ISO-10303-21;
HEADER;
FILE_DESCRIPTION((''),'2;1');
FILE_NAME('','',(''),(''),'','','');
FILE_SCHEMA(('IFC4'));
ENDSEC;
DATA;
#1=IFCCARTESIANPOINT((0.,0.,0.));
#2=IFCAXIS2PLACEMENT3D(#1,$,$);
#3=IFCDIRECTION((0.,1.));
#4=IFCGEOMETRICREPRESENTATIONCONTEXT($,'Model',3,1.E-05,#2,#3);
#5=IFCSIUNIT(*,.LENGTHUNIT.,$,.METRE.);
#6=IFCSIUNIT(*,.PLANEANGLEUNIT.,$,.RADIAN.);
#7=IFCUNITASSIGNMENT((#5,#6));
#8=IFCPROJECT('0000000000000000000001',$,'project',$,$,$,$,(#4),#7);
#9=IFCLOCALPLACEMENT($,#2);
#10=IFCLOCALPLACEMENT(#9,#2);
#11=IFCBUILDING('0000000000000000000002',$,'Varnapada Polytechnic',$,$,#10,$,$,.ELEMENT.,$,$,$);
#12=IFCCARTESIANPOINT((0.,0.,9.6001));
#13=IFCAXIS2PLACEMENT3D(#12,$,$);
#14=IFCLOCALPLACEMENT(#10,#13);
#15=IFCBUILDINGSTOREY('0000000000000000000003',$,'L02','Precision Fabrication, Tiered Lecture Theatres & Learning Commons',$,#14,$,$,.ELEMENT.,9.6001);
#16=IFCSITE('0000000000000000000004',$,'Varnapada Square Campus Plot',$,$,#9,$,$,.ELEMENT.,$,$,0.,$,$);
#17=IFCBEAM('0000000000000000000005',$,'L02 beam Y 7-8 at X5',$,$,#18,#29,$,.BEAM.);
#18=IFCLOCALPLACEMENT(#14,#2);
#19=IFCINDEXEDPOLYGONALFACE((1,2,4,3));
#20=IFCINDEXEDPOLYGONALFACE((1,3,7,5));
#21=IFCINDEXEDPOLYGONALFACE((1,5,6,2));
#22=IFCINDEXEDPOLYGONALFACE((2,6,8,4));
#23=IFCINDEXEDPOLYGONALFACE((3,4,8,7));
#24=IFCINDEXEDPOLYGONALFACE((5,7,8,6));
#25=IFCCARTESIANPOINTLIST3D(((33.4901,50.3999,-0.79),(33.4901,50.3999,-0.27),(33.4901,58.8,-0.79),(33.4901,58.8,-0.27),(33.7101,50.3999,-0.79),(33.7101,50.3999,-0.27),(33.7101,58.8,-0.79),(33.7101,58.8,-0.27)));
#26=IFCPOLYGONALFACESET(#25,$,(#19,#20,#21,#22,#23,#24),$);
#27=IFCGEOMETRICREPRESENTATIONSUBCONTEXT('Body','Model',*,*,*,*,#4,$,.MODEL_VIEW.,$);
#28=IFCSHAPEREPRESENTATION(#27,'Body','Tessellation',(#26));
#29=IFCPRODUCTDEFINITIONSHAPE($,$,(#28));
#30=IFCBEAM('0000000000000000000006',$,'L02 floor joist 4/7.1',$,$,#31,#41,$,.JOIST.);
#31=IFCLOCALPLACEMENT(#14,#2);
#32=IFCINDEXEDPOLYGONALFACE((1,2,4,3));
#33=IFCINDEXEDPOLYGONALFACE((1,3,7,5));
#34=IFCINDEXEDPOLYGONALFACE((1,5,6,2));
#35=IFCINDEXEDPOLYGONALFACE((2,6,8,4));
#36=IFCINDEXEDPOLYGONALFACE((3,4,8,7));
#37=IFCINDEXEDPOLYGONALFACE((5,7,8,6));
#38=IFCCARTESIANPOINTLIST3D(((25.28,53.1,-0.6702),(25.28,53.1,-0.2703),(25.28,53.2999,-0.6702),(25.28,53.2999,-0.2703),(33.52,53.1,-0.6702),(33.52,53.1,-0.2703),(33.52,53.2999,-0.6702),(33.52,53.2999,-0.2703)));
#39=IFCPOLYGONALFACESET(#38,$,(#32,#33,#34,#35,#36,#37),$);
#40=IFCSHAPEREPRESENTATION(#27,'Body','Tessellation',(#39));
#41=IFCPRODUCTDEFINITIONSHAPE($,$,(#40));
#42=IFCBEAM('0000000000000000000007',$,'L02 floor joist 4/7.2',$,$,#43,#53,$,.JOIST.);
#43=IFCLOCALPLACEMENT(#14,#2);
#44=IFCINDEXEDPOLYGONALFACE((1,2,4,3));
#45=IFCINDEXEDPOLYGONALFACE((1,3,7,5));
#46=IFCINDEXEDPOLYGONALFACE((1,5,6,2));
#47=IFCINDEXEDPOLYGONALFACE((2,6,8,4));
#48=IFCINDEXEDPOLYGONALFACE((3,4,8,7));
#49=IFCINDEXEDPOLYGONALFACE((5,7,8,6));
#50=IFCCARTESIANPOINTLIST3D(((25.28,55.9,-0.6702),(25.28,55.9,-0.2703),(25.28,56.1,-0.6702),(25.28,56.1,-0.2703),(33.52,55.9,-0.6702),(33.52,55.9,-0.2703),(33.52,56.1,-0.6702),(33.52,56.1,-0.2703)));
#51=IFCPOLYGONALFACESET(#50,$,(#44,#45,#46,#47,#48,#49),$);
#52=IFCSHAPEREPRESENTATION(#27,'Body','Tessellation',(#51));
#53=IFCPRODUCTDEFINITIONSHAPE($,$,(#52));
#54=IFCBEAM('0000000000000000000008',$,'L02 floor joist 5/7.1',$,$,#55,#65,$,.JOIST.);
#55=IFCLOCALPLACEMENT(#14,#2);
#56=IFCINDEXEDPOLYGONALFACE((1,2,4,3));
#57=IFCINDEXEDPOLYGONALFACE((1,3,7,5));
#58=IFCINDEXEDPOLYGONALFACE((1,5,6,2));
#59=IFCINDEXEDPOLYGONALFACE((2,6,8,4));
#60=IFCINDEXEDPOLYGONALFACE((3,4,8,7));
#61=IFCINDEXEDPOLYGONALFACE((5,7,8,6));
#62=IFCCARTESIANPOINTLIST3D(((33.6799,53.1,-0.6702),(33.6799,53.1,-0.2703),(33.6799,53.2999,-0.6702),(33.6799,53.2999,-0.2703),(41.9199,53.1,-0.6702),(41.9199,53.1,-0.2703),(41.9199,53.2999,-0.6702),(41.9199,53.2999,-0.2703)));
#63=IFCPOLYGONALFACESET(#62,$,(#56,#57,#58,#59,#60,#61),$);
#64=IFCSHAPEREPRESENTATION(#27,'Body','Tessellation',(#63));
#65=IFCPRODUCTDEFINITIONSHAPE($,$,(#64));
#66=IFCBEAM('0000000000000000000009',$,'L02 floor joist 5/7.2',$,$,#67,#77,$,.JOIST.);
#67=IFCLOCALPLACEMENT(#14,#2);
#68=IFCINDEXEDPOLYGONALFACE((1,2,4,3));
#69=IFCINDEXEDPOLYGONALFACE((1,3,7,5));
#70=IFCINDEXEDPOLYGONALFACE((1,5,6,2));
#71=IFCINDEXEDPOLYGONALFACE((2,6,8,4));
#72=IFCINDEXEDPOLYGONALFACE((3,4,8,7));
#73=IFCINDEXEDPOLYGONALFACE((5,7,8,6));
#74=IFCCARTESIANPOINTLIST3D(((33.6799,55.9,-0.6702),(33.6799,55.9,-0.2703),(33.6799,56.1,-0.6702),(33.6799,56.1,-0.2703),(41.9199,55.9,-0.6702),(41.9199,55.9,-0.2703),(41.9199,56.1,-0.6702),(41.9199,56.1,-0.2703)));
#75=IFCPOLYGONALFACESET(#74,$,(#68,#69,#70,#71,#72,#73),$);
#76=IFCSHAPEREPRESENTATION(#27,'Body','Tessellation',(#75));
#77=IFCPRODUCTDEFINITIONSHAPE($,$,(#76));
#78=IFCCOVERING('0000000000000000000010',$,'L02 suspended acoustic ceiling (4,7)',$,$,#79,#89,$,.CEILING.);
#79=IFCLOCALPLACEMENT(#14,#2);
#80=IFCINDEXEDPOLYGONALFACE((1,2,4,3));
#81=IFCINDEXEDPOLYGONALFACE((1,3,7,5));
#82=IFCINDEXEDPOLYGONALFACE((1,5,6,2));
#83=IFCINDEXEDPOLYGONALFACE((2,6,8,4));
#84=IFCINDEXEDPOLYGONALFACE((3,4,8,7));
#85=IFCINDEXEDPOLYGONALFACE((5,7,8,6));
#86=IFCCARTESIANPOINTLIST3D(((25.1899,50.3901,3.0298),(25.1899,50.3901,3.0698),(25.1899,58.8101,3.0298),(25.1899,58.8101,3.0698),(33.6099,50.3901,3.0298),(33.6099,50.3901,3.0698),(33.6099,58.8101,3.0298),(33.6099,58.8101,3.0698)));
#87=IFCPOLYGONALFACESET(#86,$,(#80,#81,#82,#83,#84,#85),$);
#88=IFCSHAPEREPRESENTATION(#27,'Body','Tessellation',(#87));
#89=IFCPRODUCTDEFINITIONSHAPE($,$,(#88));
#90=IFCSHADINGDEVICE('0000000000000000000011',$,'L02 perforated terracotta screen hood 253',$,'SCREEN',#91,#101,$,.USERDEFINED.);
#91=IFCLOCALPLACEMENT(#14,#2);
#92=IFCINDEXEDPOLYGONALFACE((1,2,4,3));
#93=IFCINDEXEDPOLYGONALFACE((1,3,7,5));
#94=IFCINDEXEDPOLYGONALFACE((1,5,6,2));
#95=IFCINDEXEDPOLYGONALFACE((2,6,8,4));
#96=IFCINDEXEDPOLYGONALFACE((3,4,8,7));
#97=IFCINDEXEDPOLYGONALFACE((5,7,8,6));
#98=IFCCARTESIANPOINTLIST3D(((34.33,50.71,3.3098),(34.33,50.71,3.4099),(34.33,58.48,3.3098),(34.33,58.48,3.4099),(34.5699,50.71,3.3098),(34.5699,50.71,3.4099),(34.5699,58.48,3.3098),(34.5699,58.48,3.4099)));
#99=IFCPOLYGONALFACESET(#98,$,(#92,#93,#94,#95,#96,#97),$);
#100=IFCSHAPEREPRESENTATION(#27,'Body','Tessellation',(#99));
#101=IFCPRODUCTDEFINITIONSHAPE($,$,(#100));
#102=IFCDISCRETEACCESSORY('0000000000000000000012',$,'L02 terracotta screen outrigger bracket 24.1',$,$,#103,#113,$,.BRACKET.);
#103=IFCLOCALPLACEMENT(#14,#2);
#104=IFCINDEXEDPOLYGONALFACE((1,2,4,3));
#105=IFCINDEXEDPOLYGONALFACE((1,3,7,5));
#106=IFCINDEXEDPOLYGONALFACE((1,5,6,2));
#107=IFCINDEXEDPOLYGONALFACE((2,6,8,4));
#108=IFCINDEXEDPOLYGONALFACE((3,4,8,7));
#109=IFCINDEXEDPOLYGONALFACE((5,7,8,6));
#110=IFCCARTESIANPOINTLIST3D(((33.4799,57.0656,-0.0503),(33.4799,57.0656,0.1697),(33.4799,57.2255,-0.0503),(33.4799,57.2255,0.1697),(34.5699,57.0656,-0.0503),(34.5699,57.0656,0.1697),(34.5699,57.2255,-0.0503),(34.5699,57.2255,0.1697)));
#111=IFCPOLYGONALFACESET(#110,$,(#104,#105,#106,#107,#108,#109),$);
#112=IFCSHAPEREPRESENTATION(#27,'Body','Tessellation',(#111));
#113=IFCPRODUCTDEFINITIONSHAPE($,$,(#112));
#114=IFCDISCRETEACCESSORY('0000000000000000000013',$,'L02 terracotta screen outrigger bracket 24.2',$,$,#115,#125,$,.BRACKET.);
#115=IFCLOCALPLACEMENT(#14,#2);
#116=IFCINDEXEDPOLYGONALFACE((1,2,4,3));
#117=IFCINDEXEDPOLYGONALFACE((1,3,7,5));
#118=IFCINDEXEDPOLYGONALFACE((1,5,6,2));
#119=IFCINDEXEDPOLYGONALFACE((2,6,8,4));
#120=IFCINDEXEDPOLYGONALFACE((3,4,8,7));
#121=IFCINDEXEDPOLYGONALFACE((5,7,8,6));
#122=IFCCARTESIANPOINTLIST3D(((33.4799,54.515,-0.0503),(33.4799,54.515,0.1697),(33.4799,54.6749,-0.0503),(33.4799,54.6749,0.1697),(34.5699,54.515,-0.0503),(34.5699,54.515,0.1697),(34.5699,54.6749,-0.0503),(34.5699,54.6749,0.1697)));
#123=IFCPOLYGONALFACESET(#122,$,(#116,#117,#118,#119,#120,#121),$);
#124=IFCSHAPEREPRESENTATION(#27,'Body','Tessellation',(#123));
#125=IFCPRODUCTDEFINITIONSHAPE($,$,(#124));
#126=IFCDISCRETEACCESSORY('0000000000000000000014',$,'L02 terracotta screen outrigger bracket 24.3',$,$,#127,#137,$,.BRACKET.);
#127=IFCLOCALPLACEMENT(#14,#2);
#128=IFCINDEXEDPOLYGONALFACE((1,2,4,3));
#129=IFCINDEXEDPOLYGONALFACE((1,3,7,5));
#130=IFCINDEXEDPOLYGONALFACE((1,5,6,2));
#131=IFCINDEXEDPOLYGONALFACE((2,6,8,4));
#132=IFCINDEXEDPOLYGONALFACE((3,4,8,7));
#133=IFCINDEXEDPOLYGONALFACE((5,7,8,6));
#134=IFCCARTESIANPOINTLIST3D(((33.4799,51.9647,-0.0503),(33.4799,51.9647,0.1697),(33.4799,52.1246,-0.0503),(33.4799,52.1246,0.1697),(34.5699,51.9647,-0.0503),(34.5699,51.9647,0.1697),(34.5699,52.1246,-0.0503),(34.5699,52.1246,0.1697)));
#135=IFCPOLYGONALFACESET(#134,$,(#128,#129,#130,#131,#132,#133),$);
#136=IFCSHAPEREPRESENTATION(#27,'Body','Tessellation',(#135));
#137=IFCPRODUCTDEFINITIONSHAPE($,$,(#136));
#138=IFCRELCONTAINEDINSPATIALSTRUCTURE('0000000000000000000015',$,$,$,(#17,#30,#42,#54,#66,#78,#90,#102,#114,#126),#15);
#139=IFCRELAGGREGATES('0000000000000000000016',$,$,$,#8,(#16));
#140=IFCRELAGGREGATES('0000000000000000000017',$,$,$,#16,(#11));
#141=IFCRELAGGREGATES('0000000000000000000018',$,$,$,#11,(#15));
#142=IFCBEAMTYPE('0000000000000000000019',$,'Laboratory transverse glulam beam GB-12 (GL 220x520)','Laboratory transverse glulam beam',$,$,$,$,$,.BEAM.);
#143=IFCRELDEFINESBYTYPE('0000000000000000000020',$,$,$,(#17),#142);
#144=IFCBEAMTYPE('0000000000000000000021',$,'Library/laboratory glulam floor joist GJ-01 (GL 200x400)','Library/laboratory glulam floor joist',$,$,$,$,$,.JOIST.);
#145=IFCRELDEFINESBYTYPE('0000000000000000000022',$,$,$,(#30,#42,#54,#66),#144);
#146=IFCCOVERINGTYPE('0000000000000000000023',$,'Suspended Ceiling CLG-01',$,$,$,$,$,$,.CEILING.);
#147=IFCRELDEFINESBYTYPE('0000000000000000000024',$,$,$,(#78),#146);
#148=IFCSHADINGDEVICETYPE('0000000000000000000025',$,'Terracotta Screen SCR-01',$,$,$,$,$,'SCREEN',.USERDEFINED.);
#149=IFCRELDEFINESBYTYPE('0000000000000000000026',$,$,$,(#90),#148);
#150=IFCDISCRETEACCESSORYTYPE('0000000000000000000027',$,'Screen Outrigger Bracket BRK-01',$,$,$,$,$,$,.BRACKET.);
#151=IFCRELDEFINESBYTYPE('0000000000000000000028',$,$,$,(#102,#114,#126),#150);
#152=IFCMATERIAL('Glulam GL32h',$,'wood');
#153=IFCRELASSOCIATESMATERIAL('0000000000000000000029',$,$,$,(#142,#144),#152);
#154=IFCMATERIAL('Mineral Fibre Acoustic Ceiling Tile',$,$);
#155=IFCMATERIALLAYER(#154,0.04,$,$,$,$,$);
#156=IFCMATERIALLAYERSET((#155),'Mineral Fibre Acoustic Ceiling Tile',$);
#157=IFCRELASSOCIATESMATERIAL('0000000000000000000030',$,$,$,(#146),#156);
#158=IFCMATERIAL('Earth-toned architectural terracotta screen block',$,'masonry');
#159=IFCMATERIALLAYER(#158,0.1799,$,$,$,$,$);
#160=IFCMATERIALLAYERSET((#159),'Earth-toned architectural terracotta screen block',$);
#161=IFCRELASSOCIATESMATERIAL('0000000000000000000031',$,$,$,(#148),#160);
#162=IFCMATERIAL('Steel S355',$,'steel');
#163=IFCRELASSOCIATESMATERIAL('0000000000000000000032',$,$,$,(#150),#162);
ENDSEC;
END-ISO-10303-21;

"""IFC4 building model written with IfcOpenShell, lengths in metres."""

from ifc_helpers import new_model, si_unit, direction, frame, origin, origin_2d, place, context, subcontext, project, spatial, rectangle, extrude, material, layer, layer_set, material_profile, profile_set, type_object, element, save


model = new_model("IFC4")

# Units and contexts
model_context = context("Model", 3, precision=1e-05, world=origin(), true_north=direction((0.0, 1.0)))
body_context = subcontext(model_context, "Body", "Model", "MODEL_VIEW")
ifc_project = project(units=[si_unit("LENGTHUNIT", "METRE"), si_unit("PLANEANGLEUNIT", "RADIAN")], contexts=[model_context])

# Site, building, storey
site_placement = place(None, origin())
site = spatial("IfcSite", under=ifc_project, at=site_placement, Name="Varnapada Square Campus Plot", CompositionType="ELEMENT", RefElevation=0.0)
building_placement = place(site_placement, origin())
building = spatial("IfcBuilding", under=site, at=building_placement, Name="Varnapada Polytechnic", CompositionType="ELEMENT")
storey_placement = place(building_placement, frame((0.0, 0.0, 9.6001)))
storey = spatial("IfcBuildingStorey", under=building, at=storey_placement, Name="L02", Description="Precision Fabrication, Tiered Lecture Theatres & Learning Commons", CompositionType="ELEMENT", Elevation=9.6001)

# Beams
ifc_material_1 = material(Name="Glulam GL32h", Category="wood")
ifc_material_profile_1 = material_profile(ifc_material_1, rectangle(XDim=0.22, YDim=0.52, at=origin_2d()), Name="GL 220x520")
ifc_profile_set_1 = profile_set([ifc_material_profile_1], Name="Glulam GL32h")
beam_type_1 = type_object("IfcBeamType", Name="Laboratory transverse glulam beam GB-12 (GL 220x520)", Description="Laboratory transverse glulam beam", PredefinedType="BEAM", material=ifc_profile_set_1)
beam_placement = place(storey_placement, frame((33.6001, 50.3999, -0.53), z_axis=(0.0, 1.0, 0.0), x_axis=(-1.0, 0.0, 0.0)))
element("IfcBeam", 1, at=beam_placement, inside=storey, type_object=beam_type_1, Name="L02 beam Y 7-8 at X5", PredefinedType="BEAM", context=body_context, shape_type="SweptSolid", body=[
    extrude(rectangle(XDim=0.22, YDim=0.52, at=origin_2d()), origin(), (0.0, 0.0, 1.0), 8.4001),
])
ifc_material_profile_2 = material_profile(ifc_material_1, rectangle(XDim=0.2, YDim=0.3999, at=origin_2d()), Name="GL 200x400")
ifc_profile_set_2 = profile_set([ifc_material_profile_2], Name="Glulam GL32h")
beam_type_2 = type_object("IfcBeamType", Name="Library/laboratory glulam floor joist GJ-01 (GL 200x400)", Description="Library/laboratory glulam floor joist", PredefinedType="JOIST", material=ifc_profile_set_2)
for number, where, z_axis, x_axis, name in (
    (2, (25.28, 53.2, -0.4702), (1.0, 0.0, 0.0), (0.0, 1.0, 0.0), "L02 floor joist 4/7.1"),
    (3, (25.28, 56.0, -0.4702), (1.0, 0.0, 0.0), (0.0, 1.0, 0.0), "L02 floor joist 4/7.2"),
    (4, (33.6799, 53.2, -0.4702), (1.0, 0.0, 0.0), (0.0, 1.0, 0.0), "L02 floor joist 5/7.1"),
    (5, (33.6799, 56.0, -0.4702), (1.0, 0.0, 0.0), (0.0, 1.0, 0.0), "L02 floor joist 5/7.2"),
):
    element("IfcBeam", number, at=place(storey_placement, frame(where, z_axis=z_axis, x_axis=x_axis)), inside=storey, type_object=beam_type_2, Name=name, PredefinedType="JOIST", context=body_context, shape_type="SweptSolid", body=[
        extrude(rectangle(XDim=0.2, YDim=0.3999, at=origin_2d()), origin(), (0.0, 0.0, 1.0), 8.24),
    ])

# Covering
ifc_material_2 = material(Name="Mineral Fibre Acoustic Ceiling Tile")
ifc_layer_1 = layer(ifc_material_2, 0.04)
ifc_layer_set_1 = layer_set([ifc_layer_1], Name="Mineral Fibre Acoustic Ceiling Tile")
covering_type = type_object("IfcCoveringType", Name="Suspended Ceiling CLG-01", PredefinedType="CEILING", material=ifc_layer_set_1)
covering_placement = place(storey_placement, frame((29.3999, 54.6001, 3.0298), z_axis=(0.0, 0.0, 1.0), x_axis=(1.0, 0.0, 0.0)))
element("IfcCovering", 6, at=covering_placement, inside=storey, type_object=covering_type, Name="L02 suspended acoustic ceiling (4,7)", PredefinedType="CEILING", context=body_context, shape_type="SweptSolid", body=[
    extrude(rectangle(XDim=8.4199, YDim=8.4199, at=origin_2d()), origin(), (0.0, 0.0, 1.0), 0.04),
])

# Shading device
ifc_material_3 = material(Name="Earth-toned architectural terracotta screen block", Category="masonry")
ifc_layer_2 = layer(ifc_material_3, 0.1799)
ifc_layer_set_2 = layer_set([ifc_layer_2], Name="Earth-toned architectural terracotta screen block")
shading_device_type = type_object("IfcShadingDeviceType", Name="Terracotta Screen SCR-01", ElementType="SCREEN", PredefinedType="USERDEFINED", material=ifc_layer_set_2)
shading_device_placement = place(storey_placement, frame((34.45, 54.595, 3.3098), z_axis=(0.0, 0.0, 1.0), x_axis=(0.0, -1.0, 0.0)))
element("IfcShadingDevice", 7, at=shading_device_placement, inside=storey, type_object=shading_device_type, Name="L02 perforated terracotta screen hood 253", ObjectType="SCREEN", PredefinedType="USERDEFINED", context=body_context, shape_type="SweptSolid", body=[
    extrude(rectangle(XDim=7.77, YDim=0.24, at=origin_2d()), origin(), (0.0, 0.0, 1.0), 0.1001),
])

# Discrete accessories
ifc_material_4 = material(Name="Steel S355", Category="steel")
discrete_accessory_type = type_object("IfcDiscreteAccessoryType", Name="Screen Outrigger Bracket BRK-01", PredefinedType="BRACKET", material=ifc_material_4)
for number, where, z_axis, x_axis, name in (
    (8, (34.0249, 57.1455, -0.0503), (0.0, 0.0, 1.0), (0.0, -1.0, 0.0), "L02 terracotta screen outrigger bracket 24.1"),
    (9, (34.0249, 54.595, -0.0503), (0.0, 0.0, 1.0), (0.0, -1.0, 0.0), "L02 terracotta screen outrigger bracket 24.2"),
    (10, (34.0249, 52.0447, -0.0503), (0.0, 0.0, 1.0), (0.0, -1.0, 0.0), "L02 terracotta screen outrigger bracket 24.3"),
):
    element("IfcDiscreteAccessory", number, at=place(storey_placement, frame(where, z_axis=z_axis, x_axis=x_axis)), inside=storey, type_object=discrete_accessory_type, Name=name, PredefinedType="BRACKET", context=body_context, shape_type="SweptSolid", body=[
        extrude(rectangle(XDim=0.1599, YDim=1.0901, at=origin_2d()), origin(), (0.0, 0.0, 1.0), 0.22),
    ])

save(model, "model.ifc")
